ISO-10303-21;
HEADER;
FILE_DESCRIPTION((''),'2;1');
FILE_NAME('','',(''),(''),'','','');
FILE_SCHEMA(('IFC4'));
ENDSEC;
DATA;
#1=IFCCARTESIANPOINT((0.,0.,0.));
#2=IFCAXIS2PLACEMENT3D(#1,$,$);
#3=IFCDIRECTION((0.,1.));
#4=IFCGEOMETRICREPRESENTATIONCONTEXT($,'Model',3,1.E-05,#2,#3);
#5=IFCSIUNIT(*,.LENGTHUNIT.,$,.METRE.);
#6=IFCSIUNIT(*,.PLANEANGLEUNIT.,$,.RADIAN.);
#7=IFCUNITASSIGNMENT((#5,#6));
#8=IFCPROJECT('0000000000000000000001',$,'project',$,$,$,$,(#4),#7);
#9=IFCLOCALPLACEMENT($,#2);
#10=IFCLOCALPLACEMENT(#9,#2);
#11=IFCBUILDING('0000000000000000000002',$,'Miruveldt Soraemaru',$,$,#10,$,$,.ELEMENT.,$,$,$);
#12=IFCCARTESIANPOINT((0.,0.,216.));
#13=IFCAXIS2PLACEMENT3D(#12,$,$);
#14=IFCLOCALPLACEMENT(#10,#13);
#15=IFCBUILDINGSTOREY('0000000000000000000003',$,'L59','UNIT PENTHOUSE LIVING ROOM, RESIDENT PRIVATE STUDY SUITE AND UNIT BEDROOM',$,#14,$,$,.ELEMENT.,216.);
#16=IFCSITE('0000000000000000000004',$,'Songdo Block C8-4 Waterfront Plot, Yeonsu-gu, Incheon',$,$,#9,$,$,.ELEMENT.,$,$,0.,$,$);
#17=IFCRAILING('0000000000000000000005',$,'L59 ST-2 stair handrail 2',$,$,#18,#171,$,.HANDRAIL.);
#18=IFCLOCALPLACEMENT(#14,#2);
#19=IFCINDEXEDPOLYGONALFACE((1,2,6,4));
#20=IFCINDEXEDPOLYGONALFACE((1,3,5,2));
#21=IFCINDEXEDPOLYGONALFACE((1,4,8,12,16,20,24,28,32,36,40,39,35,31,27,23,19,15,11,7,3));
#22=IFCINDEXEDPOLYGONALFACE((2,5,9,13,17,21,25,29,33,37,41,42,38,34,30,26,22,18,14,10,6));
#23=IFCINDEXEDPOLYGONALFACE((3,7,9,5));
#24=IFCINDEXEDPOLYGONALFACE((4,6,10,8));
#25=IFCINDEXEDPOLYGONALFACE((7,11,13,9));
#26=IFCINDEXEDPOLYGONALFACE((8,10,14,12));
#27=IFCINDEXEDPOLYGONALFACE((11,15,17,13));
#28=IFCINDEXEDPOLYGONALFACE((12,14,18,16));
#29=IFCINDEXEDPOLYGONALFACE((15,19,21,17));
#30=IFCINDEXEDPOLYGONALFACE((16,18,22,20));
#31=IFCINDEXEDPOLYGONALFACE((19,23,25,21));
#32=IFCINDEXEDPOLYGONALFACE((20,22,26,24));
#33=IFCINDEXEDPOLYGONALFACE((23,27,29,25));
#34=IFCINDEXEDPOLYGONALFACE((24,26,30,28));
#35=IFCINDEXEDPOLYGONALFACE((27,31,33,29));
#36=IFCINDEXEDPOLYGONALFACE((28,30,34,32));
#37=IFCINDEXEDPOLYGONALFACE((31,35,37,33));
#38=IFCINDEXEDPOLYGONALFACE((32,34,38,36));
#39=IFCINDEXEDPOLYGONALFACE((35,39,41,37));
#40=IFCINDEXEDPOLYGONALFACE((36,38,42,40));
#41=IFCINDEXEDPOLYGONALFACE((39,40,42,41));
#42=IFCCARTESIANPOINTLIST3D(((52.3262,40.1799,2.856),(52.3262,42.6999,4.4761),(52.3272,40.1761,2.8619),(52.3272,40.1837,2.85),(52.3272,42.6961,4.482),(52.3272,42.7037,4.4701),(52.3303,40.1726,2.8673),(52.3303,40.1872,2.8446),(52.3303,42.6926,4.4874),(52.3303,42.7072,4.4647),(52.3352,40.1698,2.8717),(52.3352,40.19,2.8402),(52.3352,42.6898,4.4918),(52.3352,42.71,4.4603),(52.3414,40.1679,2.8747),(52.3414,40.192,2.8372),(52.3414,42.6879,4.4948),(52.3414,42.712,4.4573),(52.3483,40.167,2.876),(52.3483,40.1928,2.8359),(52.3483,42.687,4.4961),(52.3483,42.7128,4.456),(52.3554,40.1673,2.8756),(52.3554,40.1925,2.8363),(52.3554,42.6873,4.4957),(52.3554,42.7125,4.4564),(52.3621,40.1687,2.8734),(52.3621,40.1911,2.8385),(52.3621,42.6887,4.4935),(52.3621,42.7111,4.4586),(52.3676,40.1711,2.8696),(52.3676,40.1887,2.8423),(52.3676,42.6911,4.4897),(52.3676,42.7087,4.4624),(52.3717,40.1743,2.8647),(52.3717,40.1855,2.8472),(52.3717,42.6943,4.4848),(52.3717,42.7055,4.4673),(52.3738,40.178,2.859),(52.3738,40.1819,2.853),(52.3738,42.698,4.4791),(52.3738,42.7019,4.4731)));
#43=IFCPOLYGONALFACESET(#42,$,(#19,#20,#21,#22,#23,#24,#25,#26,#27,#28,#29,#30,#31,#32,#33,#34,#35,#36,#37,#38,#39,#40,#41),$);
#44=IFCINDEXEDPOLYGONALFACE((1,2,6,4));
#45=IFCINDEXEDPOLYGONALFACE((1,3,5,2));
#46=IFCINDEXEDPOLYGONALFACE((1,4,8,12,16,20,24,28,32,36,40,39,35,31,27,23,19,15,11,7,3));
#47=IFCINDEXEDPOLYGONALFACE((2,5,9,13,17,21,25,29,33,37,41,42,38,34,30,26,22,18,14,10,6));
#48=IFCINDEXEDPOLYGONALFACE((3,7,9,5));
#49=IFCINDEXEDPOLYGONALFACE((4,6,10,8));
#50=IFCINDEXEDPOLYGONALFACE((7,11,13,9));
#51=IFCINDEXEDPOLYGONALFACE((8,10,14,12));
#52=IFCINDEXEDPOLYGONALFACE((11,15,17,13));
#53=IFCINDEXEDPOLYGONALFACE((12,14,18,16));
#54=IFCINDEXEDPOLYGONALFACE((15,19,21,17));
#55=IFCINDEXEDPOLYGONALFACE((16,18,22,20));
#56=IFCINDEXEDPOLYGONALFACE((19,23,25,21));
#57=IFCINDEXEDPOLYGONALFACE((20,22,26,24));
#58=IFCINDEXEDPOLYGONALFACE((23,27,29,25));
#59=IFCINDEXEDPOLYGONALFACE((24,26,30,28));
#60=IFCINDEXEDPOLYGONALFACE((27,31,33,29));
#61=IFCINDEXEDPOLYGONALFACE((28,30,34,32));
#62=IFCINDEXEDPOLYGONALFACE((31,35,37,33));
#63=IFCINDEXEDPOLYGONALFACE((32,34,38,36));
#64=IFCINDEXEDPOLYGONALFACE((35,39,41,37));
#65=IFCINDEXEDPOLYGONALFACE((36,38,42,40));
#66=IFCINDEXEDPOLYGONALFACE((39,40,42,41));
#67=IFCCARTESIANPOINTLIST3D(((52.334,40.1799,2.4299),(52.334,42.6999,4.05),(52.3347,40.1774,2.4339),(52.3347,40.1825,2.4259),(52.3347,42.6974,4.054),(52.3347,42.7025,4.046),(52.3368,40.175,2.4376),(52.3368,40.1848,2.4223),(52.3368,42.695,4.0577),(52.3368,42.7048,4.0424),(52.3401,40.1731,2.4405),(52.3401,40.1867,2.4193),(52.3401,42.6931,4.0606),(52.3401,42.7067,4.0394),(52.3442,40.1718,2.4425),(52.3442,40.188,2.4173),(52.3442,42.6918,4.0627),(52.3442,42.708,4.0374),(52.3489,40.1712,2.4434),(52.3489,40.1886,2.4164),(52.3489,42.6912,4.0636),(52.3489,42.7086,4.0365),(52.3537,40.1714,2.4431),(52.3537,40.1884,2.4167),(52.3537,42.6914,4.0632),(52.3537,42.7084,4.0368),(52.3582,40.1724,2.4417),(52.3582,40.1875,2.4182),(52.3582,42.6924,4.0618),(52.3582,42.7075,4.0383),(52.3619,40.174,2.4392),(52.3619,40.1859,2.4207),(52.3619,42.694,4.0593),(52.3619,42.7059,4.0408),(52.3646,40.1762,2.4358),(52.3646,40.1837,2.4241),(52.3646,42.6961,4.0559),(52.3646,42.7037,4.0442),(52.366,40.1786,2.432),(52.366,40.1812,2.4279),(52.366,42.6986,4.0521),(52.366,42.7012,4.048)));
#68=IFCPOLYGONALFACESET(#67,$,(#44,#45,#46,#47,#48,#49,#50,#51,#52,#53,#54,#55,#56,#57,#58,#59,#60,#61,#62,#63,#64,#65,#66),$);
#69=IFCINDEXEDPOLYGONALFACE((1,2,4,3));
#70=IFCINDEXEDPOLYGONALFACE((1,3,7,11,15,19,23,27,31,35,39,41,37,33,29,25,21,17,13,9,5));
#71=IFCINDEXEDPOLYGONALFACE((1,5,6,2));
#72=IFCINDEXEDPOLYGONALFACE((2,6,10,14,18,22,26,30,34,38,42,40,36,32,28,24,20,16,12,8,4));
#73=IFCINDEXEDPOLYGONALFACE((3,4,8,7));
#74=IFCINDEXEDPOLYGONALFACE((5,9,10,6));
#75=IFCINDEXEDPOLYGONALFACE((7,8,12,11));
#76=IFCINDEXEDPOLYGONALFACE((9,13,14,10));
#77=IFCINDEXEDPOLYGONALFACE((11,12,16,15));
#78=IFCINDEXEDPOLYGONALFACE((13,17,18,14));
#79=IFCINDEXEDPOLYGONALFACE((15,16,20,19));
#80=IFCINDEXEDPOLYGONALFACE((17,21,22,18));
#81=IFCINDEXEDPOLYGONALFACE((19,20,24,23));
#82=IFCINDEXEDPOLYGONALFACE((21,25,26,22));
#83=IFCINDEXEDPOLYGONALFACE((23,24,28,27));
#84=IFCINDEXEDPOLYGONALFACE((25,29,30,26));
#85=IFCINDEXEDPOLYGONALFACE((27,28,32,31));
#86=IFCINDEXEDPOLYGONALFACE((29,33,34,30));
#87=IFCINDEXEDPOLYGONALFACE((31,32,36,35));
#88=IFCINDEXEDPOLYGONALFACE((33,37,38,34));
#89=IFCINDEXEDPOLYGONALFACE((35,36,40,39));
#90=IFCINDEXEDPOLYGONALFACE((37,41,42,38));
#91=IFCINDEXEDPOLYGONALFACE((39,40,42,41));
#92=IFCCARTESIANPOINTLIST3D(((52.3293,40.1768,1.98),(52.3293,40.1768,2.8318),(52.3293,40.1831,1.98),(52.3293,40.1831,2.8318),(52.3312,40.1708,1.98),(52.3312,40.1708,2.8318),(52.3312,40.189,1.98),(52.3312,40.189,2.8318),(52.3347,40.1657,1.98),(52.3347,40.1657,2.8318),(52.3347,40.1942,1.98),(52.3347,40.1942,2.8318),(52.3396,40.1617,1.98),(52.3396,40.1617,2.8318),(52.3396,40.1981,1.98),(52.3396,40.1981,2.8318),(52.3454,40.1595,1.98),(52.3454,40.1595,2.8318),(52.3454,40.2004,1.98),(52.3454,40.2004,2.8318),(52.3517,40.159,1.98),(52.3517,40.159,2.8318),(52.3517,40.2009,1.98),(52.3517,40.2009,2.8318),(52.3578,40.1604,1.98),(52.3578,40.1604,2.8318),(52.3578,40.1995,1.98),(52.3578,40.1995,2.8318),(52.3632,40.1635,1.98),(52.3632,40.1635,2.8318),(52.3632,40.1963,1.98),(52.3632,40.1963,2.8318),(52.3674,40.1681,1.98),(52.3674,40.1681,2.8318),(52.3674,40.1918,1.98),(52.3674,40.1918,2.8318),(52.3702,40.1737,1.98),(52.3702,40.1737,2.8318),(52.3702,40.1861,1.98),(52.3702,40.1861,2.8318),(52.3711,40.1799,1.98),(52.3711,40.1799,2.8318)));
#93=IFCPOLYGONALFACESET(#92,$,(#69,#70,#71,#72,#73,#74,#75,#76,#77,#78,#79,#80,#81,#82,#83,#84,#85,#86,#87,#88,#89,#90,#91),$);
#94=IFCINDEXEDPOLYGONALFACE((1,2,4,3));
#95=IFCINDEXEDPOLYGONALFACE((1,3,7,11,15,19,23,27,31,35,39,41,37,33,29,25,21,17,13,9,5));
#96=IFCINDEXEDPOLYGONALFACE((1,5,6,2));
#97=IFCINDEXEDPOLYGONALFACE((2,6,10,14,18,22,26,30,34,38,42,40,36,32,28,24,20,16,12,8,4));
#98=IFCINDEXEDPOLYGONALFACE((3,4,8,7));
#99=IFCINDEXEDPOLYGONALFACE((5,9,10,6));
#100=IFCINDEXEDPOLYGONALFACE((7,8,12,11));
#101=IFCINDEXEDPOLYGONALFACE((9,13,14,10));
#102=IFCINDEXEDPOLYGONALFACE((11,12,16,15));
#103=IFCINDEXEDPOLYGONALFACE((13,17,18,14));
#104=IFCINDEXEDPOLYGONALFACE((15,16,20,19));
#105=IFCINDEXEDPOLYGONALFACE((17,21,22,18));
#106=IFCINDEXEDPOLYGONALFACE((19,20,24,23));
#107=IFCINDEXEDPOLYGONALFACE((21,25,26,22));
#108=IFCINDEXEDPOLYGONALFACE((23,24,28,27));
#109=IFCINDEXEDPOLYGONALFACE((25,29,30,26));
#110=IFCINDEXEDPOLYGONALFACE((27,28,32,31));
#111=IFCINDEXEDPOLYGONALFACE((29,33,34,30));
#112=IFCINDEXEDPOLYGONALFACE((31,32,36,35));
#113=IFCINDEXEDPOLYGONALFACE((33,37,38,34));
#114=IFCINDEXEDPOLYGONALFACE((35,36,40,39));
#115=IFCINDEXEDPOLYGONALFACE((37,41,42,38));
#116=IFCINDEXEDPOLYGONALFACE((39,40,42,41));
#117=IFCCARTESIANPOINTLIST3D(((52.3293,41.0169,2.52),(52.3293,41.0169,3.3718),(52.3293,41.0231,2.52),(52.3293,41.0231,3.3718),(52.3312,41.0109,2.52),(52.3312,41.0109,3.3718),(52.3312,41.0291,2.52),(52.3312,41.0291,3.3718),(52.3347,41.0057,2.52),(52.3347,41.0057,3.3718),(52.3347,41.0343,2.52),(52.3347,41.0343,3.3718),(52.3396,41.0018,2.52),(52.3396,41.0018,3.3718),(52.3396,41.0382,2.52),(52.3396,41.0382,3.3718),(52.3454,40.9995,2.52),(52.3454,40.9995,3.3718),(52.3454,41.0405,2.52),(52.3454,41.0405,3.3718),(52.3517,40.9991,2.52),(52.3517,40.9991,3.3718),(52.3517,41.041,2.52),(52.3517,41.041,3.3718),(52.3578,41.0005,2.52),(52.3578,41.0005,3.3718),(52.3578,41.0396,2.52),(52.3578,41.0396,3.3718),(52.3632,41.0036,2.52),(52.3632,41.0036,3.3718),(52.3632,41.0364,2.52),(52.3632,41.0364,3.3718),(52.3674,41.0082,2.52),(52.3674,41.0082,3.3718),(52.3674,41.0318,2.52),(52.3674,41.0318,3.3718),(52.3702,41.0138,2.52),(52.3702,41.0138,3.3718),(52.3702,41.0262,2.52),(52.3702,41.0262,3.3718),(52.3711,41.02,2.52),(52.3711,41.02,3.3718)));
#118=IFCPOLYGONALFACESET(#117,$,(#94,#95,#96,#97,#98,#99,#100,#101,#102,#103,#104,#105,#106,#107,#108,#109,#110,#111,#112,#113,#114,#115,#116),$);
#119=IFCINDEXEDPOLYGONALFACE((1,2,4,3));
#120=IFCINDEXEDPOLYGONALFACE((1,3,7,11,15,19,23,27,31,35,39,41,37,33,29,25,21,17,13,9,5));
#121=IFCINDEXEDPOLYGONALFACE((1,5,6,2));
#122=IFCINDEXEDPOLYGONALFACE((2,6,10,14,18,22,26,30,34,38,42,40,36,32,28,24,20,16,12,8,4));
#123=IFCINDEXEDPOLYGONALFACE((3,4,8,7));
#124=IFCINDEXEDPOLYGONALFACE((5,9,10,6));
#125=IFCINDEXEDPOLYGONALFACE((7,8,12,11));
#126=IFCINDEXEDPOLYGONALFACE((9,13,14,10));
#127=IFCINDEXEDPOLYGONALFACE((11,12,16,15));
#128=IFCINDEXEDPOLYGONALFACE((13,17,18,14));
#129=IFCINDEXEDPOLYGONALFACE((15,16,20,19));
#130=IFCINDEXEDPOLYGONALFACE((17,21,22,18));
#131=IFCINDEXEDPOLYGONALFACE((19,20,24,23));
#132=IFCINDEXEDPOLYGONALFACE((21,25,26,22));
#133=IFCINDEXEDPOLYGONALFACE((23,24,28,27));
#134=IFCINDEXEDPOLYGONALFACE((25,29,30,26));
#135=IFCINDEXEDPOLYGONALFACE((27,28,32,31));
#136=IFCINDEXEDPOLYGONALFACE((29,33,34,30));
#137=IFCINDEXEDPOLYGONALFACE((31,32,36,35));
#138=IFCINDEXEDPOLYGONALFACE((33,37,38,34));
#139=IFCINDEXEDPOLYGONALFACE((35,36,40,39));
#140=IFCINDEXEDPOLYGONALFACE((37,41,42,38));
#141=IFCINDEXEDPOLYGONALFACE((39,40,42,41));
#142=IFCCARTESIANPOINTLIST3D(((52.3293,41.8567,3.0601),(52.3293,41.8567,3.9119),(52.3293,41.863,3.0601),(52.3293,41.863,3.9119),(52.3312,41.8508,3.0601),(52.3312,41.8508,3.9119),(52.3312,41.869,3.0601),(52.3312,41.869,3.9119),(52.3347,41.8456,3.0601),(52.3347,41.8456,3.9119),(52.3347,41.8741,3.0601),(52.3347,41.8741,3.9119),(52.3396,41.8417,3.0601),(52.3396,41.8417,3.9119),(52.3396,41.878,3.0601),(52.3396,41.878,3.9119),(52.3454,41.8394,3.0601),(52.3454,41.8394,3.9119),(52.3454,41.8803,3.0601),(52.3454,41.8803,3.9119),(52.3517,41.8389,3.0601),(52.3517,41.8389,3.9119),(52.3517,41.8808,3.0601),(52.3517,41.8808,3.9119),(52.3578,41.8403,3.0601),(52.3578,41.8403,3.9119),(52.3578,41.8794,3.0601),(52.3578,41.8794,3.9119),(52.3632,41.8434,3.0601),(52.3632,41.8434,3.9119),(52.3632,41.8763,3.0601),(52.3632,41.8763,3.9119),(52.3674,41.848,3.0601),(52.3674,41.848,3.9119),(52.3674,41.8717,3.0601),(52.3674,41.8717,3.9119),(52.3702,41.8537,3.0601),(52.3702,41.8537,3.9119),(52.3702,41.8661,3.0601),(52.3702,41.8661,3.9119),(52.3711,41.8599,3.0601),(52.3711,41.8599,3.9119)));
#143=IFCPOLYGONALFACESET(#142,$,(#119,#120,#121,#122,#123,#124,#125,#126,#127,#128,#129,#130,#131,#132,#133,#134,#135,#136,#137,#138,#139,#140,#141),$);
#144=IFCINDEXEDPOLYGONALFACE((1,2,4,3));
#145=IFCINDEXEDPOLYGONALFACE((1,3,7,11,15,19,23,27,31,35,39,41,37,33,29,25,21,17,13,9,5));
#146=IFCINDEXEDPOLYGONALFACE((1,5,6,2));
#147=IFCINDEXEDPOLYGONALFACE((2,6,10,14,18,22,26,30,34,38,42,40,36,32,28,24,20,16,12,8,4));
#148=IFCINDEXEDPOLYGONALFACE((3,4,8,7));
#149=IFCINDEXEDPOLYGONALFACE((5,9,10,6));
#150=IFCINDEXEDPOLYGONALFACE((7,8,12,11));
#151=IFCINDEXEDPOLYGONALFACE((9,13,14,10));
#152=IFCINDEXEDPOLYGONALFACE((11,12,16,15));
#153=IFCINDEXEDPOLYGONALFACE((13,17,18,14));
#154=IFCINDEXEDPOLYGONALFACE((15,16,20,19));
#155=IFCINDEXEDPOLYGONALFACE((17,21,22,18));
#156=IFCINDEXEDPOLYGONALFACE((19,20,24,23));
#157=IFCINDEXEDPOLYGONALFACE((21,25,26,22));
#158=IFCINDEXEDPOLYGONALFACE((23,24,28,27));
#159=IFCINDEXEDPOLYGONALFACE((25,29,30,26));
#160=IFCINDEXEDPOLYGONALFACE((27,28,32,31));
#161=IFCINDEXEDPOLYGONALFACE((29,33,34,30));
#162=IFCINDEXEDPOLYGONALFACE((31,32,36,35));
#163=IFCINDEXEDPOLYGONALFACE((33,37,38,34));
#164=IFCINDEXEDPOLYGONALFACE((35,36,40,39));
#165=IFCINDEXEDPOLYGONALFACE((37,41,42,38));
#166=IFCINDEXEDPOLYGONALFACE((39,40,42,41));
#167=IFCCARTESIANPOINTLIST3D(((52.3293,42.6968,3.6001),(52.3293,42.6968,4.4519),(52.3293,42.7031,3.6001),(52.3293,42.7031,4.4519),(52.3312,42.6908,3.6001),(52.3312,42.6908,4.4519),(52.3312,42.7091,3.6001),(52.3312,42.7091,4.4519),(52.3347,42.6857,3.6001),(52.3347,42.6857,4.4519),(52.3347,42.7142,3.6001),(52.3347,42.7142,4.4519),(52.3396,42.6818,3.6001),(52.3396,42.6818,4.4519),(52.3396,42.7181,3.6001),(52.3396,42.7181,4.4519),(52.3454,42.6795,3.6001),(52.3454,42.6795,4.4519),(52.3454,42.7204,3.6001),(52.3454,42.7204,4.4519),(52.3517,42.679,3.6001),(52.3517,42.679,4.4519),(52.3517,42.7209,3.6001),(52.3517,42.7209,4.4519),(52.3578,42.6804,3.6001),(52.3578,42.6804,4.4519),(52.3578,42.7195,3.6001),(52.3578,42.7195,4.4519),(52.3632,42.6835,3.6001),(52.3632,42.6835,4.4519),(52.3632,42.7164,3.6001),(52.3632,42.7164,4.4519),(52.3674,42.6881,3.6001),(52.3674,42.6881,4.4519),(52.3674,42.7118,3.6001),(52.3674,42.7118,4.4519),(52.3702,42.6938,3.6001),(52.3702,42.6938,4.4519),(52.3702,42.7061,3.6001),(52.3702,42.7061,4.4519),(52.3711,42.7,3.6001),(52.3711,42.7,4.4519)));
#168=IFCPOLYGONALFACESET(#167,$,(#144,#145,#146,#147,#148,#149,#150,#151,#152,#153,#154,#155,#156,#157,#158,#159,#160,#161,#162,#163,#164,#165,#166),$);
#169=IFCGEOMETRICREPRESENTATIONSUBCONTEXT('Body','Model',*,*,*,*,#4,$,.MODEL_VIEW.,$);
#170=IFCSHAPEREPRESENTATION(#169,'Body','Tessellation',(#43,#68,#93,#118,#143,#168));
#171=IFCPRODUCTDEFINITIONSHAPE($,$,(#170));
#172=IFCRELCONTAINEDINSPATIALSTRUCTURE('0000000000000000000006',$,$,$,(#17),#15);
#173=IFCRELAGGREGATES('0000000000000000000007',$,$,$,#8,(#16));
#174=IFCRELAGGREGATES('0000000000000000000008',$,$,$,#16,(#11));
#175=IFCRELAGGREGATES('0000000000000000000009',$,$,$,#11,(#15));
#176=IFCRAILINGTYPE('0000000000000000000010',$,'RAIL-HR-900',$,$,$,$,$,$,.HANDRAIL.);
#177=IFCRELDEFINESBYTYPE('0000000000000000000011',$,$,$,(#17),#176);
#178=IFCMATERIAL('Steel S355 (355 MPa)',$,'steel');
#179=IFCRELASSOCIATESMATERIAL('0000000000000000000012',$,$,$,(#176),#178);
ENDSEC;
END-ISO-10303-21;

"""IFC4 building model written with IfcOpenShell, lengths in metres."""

from ifc_helpers import new_model, si_unit, direction, frame, origin, origin_2d, place, context, subcontext, project, spatial, circle, extrude, material, type_object, element, save


model = new_model("IFC4")

# Units and contexts
model_context = context("Model", 3, precision=1e-05, world=origin(), true_north=direction((0.0, 1.0)))
body_context = subcontext(model_context, "Body", "Model", "MODEL_VIEW")
ifc_project = project(units=[si_unit("LENGTHUNIT", "METRE"), si_unit("PLANEANGLEUNIT", "RADIAN")], contexts=[model_context])

# Site, building, storey
site_placement = place(None, origin())
site = spatial("IfcSite", under=ifc_project, at=site_placement, Name="Songdo Block C8-4 Waterfront Plot, Yeonsu-gu, Incheon", CompositionType="ELEMENT", RefElevation=0.0)
building_placement = place(site_placement, origin())
building = spatial("IfcBuilding", under=site, at=building_placement, Name="Miruveldt Soraemaru", CompositionType="ELEMENT")
storey_placement = place(building_placement, frame((0.0, 0.0, 216.0)))
storey = spatial("IfcBuildingStorey", under=building, at=storey_placement, Name="L59", Description="UNIT PENTHOUSE LIVING ROOM, RESIDENT PRIVATE STUDY SUITE AND UNIT BEDROOM", CompositionType="ELEMENT", Elevation=216.0)

# Railing
ifc_material_1 = material(Name="Steel S355 (355 MPa)", Category="steel")
railing_type_1 = type_object("IfcRailingType", Name="RAIL-HR-900", PredefinedType="HANDRAIL", material=ifc_material_1)
railing_1_placement = place(storey_placement, frame((52.3501, 40.1799, 1.98)))
element("IfcRailing", 1, at=railing_1_placement, inside=storey, type_object=railing_type_1, Name="L59 ST-2 stair handrail 2", PredefinedType="HANDRAIL", context=body_context, shape_type="SweptSolid", body=[
    extrude(circle(Radius=0.0239, at=origin_2d()), frame((0.0, 0.0, 0.876), z_axis=(0.0, 0.841163, 0.540782), x_axis=(-1.0, 0.0, 0.0)), (0.0, 0.0, 1.0), 2.9958),
    extrude(circle(Radius=0.0161, at=origin_2d()), frame((0.0, 0.0, 0.45), z_axis=(0.0, 0.841163, 0.540782), x_axis=(-1.0, 0.0, 0.0)), (0.0, 0.0, 1.0), 2.9958),
    extrude(circle(Radius=0.021, at=origin_2d()), origin(), (0.0, 0.0, 1.0), 0.8518),
    extrude(circle(Radius=0.021, at=origin_2d()), frame((0.0, 0.8401, 0.54)), (0.0, 0.0, 1.0), 0.8518),
    extrude(circle(Radius=0.021, at=origin_2d()), frame((0.0, 1.6799, 1.0801)), (0.0, 0.0, 1.0), 0.8518),
    extrude(circle(Radius=0.021, at=origin_2d()), frame((0.0, 2.52, 1.6201)), (0.0, 0.0, 1.0), 0.8518),
])

save(model, "model.ifc")
